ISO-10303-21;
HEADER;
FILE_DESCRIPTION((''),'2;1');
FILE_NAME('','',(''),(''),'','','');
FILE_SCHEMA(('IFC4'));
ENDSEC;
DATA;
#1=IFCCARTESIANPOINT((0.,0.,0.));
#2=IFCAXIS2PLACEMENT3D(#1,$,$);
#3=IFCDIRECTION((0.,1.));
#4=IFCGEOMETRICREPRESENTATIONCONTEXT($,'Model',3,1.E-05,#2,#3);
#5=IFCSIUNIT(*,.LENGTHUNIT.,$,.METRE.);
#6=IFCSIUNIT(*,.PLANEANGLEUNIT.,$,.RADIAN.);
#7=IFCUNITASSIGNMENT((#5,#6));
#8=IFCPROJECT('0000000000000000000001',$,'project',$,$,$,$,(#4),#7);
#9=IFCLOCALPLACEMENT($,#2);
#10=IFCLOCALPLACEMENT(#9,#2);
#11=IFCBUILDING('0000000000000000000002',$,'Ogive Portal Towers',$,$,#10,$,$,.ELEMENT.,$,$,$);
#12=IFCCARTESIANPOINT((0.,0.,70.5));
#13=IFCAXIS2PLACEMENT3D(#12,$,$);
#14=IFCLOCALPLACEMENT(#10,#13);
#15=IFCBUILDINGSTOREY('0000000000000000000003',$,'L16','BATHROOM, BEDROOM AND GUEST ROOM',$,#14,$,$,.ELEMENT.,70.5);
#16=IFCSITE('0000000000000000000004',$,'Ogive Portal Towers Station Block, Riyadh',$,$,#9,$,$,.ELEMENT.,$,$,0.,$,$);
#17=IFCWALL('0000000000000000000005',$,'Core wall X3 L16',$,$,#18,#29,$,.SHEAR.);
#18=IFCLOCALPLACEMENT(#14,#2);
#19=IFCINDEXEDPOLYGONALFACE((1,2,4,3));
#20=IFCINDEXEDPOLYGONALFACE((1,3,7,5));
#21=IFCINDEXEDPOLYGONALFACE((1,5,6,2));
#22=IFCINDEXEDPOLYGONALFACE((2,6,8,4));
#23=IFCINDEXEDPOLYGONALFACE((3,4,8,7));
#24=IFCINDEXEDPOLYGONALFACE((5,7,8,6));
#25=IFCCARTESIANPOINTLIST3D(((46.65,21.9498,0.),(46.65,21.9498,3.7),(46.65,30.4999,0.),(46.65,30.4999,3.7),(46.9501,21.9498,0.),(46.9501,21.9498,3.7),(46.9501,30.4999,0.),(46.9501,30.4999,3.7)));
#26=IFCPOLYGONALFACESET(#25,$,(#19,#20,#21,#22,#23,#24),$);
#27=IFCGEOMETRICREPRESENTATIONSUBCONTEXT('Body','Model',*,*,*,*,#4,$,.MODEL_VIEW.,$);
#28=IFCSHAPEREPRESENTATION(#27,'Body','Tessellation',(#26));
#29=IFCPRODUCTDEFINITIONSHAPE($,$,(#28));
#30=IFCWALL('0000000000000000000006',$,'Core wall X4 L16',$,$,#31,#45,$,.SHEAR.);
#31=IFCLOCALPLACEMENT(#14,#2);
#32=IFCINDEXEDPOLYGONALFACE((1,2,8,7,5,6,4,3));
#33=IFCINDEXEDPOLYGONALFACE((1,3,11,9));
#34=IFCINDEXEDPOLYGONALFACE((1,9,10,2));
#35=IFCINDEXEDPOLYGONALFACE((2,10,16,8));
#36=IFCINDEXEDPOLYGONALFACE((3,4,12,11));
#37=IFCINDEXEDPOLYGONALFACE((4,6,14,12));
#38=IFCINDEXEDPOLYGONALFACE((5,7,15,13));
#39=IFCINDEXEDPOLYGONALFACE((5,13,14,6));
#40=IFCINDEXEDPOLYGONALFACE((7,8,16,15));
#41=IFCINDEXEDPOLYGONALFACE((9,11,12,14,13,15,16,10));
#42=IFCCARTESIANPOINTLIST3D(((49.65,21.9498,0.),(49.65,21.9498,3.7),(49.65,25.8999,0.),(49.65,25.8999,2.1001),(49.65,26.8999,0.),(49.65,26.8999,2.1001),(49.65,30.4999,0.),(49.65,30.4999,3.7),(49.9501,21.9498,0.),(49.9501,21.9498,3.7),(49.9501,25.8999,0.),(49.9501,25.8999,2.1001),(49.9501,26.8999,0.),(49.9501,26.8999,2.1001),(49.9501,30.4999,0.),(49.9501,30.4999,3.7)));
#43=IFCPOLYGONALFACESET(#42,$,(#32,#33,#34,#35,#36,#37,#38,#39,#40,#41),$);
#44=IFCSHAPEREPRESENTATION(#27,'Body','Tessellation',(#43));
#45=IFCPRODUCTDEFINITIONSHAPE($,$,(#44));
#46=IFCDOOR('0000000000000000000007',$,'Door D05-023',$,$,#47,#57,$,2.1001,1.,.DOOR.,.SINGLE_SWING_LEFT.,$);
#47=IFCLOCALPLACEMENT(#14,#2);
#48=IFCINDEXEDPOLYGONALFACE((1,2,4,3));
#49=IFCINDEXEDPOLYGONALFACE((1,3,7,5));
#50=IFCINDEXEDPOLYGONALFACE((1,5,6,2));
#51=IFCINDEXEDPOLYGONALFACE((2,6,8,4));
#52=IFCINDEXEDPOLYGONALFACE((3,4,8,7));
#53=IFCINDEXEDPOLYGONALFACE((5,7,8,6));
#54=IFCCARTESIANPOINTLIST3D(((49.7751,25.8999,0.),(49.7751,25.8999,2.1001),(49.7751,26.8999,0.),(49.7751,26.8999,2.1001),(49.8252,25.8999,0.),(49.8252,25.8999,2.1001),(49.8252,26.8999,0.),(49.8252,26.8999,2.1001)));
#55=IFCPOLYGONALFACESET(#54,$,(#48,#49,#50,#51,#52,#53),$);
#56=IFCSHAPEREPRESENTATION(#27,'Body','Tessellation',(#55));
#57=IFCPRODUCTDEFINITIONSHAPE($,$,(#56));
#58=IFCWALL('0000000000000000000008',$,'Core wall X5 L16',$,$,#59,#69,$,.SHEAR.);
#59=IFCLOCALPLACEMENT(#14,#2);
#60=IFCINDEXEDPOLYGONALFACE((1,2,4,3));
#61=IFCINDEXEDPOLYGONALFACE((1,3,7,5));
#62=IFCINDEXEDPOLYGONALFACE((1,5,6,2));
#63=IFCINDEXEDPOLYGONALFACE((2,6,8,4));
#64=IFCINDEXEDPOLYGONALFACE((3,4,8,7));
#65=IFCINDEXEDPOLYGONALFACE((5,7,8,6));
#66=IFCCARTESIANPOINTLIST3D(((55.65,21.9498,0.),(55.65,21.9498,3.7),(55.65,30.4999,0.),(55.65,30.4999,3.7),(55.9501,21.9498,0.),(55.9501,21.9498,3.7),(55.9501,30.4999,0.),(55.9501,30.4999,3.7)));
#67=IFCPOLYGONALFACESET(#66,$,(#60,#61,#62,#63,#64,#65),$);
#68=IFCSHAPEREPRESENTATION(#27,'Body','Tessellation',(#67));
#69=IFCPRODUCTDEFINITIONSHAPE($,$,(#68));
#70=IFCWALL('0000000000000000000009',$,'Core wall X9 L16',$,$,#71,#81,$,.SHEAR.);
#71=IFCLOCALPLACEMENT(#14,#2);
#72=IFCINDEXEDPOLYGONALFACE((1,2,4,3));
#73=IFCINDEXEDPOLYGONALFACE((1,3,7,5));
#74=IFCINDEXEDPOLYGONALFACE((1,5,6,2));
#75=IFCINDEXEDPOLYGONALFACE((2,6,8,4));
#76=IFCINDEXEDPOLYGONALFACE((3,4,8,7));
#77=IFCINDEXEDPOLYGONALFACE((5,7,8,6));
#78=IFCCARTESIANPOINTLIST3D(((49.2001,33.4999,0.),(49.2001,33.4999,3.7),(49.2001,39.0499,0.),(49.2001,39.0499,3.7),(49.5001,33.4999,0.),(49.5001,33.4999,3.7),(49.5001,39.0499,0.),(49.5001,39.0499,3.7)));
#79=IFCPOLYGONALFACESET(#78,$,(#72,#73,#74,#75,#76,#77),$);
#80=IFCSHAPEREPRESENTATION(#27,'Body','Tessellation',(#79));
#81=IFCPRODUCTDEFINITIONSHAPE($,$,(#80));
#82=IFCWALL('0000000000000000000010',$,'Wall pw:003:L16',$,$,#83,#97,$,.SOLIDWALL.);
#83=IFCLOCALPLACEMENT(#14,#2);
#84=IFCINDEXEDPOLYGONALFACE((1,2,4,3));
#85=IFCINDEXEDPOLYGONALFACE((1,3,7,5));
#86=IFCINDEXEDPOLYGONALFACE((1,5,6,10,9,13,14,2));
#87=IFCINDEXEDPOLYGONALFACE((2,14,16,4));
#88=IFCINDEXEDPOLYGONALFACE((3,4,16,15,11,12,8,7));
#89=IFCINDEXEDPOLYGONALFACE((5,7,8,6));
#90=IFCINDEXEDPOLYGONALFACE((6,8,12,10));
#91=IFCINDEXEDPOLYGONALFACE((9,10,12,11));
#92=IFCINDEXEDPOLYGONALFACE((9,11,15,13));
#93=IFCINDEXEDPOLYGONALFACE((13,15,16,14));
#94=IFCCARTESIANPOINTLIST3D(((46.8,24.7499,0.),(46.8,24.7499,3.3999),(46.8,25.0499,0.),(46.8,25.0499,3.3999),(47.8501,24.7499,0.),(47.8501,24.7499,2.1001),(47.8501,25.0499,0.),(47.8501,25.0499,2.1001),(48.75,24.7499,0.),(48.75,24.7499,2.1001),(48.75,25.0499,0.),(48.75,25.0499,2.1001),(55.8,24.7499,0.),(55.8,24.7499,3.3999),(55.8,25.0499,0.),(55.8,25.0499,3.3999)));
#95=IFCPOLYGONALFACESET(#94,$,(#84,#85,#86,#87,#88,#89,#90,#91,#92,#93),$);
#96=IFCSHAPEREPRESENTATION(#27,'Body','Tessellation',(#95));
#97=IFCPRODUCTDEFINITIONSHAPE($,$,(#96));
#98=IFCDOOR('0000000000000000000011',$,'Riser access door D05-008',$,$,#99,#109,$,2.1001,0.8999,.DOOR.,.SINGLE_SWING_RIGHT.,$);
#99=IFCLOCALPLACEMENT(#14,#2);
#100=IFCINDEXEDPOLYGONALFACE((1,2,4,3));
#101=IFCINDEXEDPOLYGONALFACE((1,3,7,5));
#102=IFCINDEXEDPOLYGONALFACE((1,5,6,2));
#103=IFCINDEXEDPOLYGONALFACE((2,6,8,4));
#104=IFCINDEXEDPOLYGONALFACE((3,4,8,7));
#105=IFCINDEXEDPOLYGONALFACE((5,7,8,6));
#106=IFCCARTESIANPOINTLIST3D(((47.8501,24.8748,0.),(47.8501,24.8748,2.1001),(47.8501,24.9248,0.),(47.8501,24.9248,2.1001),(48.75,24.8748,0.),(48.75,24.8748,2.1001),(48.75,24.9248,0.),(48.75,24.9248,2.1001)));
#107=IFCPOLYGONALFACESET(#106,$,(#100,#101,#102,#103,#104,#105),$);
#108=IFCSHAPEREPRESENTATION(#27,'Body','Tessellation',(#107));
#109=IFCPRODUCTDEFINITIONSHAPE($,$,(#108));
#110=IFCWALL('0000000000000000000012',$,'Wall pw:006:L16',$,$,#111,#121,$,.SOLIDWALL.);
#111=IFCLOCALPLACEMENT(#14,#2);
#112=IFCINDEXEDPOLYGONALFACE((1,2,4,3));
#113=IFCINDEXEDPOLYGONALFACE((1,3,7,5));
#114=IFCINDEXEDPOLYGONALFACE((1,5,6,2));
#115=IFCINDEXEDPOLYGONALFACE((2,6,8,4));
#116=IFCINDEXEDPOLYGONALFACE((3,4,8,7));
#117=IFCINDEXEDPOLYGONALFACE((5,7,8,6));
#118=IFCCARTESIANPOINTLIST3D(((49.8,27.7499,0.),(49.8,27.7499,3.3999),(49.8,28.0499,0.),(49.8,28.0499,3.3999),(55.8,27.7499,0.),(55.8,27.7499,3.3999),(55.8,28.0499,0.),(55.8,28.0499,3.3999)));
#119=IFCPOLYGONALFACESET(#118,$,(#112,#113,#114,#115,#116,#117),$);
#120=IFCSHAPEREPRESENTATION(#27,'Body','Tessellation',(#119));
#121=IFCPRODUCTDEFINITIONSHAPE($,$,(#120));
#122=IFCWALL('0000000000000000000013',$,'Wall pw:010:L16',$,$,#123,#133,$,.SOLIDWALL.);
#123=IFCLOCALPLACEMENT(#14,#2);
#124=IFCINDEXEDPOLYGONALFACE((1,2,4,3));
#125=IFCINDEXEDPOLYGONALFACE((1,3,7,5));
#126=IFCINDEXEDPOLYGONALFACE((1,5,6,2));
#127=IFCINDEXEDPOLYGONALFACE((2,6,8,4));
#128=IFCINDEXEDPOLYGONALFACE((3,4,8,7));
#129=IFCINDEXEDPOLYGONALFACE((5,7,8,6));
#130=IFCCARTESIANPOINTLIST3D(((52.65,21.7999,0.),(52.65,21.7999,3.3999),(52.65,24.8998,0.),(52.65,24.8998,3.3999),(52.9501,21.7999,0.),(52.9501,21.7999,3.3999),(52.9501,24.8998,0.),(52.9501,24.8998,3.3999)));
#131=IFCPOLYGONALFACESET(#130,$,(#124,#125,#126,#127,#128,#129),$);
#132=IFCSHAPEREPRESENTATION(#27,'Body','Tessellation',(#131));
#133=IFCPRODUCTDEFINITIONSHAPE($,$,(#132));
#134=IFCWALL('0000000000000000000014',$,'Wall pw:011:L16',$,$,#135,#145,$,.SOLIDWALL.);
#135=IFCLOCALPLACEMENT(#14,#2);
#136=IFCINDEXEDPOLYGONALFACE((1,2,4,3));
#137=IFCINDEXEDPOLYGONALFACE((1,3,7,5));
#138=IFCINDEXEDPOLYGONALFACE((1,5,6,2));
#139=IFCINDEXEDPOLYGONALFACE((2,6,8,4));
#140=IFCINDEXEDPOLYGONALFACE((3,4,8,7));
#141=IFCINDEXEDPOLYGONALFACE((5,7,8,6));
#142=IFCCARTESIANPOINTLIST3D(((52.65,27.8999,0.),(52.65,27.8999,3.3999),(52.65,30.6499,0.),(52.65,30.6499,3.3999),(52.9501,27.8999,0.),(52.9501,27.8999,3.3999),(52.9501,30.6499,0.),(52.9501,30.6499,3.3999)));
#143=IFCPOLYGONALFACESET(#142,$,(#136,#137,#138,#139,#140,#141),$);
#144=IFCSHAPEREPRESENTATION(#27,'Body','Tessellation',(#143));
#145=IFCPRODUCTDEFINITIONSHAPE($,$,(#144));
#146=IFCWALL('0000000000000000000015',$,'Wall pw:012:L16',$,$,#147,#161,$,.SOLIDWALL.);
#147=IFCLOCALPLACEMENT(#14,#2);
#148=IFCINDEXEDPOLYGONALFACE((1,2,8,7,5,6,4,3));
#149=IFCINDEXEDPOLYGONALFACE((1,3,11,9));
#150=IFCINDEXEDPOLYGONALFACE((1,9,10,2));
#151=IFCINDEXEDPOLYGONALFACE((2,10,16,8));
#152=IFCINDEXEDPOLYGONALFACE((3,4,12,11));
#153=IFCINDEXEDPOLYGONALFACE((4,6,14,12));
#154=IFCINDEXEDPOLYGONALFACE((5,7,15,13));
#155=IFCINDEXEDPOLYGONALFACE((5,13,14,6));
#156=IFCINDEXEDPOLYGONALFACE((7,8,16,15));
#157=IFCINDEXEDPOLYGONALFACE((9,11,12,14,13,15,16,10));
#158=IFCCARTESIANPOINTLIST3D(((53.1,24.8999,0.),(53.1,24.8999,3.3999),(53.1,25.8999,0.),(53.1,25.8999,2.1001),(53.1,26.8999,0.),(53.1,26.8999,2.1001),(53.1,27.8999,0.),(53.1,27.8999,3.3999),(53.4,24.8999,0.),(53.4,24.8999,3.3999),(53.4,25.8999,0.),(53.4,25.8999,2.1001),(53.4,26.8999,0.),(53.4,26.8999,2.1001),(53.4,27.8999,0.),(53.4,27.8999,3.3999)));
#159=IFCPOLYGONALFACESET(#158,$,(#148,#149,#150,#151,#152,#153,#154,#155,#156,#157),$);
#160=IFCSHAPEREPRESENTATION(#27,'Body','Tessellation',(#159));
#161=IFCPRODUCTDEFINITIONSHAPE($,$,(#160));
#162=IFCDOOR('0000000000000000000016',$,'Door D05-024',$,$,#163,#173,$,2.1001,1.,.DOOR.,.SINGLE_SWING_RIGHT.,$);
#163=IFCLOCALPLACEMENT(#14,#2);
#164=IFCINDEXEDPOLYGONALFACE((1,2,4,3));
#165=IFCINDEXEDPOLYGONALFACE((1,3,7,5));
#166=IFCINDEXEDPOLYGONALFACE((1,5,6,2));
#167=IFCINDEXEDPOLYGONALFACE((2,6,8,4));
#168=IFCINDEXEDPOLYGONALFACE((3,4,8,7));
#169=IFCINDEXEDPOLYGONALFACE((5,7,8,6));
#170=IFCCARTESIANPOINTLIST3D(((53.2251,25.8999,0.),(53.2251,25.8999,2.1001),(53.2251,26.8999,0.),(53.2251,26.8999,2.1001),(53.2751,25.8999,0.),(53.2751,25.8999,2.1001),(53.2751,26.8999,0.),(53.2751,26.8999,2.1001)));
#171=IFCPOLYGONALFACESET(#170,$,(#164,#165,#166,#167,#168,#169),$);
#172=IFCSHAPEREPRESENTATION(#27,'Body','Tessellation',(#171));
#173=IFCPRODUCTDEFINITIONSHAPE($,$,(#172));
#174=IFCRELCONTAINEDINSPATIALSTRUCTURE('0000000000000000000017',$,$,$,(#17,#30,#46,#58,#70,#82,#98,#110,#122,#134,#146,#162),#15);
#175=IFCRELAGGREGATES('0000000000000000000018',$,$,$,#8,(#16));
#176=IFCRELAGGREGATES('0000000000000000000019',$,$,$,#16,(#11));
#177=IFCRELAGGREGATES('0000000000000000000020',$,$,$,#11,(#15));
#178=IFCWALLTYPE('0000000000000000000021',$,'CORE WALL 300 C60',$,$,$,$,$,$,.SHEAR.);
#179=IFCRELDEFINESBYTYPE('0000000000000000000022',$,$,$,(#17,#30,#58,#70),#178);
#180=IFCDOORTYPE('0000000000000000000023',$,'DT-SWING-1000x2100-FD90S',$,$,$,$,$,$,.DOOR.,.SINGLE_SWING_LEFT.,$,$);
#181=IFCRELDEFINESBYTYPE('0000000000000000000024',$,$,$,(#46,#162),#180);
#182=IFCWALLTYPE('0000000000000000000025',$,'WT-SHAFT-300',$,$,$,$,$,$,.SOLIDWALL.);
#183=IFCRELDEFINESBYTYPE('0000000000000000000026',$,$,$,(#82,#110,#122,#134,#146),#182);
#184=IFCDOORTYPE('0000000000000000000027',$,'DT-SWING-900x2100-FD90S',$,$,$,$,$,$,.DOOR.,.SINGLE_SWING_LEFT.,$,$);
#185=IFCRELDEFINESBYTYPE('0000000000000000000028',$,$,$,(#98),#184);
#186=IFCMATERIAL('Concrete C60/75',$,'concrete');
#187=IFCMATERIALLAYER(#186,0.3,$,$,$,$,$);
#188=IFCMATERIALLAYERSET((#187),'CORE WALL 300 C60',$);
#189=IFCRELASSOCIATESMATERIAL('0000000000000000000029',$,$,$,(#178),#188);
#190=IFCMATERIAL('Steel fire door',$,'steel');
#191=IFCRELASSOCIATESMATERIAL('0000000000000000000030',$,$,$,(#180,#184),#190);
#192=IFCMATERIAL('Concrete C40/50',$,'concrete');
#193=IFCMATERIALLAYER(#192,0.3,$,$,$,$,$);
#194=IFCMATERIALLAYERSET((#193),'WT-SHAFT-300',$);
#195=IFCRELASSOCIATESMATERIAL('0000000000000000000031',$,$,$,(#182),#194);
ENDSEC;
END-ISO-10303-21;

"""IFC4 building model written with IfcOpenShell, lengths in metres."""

from ifc_helpers import new_model, si_unit, direction, frame, frame_2d, origin, place, context, subcontext, project, spatial, rectangle, extrude, material, layer, layer_set, type_object, element, fill, save


model = new_model("IFC4")

# Units and contexts
model_context = context("Model", 3, precision=1e-05, world=origin(), true_north=direction((0.0, 1.0)))
body_context = subcontext(model_context, "Body", "Model", "MODEL_VIEW")
ifc_project = project(units=[si_unit("LENGTHUNIT", "METRE"), si_unit("PLANEANGLEUNIT", "RADIAN")], contexts=[model_context])

# Site, building, storey
site_placement = place(None, origin())
site = spatial("IfcSite", under=ifc_project, at=site_placement, Name="Ogive Portal Towers Station Block, Riyadh", CompositionType="ELEMENT", RefElevation=0.0)
building_placement = place(site_placement, origin())
building = spatial("IfcBuilding", under=site, at=building_placement, Name="Ogive Portal Towers", CompositionType="ELEMENT")
storey_placement = place(building_placement, frame((0.0, 0.0, 70.5)))
storey = spatial("IfcBuildingStorey", under=building, at=storey_placement, Name="L16", Description="BATHROOM, BEDROOM AND GUEST ROOM", CompositionType="ELEMENT", Elevation=70.5)

# Wall
ifc_material_1 = material(Name="Concrete C60/75", Category="concrete")
ifc_layer_1 = layer(ifc_material_1, 0.3)
ifc_layer_set_1 = layer_set([ifc_layer_1], Name="CORE WALL 300 C60")
wall_type_1 = type_object("IfcWallType", Name="CORE WALL 300 C60", PredefinedType="SHEAR", material=ifc_layer_set_1)
wall_1_placement = place(storey_placement, frame((46.8, 21.95, 0.0), z_axis=(0.0, 0.0, 1.0), x_axis=(0.0, 1.0, 0.0)))
element("IfcWall", 1, at=wall_1_placement, inside=storey, type_object=wall_type_1, Name="Core wall X3 L16", PredefinedType="SHEAR", context=body_context, shape_type="SweptSolid", body=[
    extrude(rectangle(XDim=8.55, YDim=0.3, at=frame_2d((4.2749, 0.0))), origin(), (0.0, 0.0, 1.0), 3.7),
])

# Wall, opening, door
wall_2_placement = place(storey_placement, frame((49.8, 21.95, 0.0), z_axis=(0.0, 0.0, 1.0), x_axis=(0.0, 1.0, 0.0)))
wall_2 = element("IfcWall", 2, at=wall_2_placement, inside=storey, type_object=wall_type_1, Name="Core wall X4 L16", PredefinedType="SHEAR", context=body_context, shape_type="SweptSolid", body=[
    extrude(rectangle(XDim=8.55, YDim=0.3, at=frame_2d((4.2749, 0.0))), origin(), (0.0, 0.0, 1.0), 3.7),
])
opening_1_placement = place(wall_2_placement, frame((3.95, 0.0, 0.0)))
opening_1 = element("IfcOpeningElement", 3, at=opening_1_placement, cuts=wall_2, PredefinedType="OPENING", context=body_context, shape_type="SweptSolid", body=[
    extrude(rectangle(XDim=1.0, YDim=2.1001, at=frame_2d((0.5, 1.05))), frame((0.0, 0.1602, 0.0), z_axis=(0.0, -1.0, 0.0), x_axis=(1.0, 0.0, 0.0)), (0.0, 0.0, 1.0), 0.3201),
])
ifc_material_2 = material(Name="Steel fire door", Category="steel")
door_type_1 = type_object("IfcDoorType", Name="DT-SWING-1000x2100-FD90S", OperationType="SINGLE_SWING_LEFT", PredefinedType="DOOR", material=ifc_material_2)
door_1_placement = place(opening_1_placement, origin())
door_1 = element("IfcDoor", 4, at=door_1_placement, inside=storey, type_object=door_type_1, Name="Door D05-023", OperationType="SINGLE_SWING_LEFT", OverallHeight=2.1001, OverallWidth=1.0, PredefinedType="DOOR", context=body_context, shape_type="SweptSolid", body=[
    extrude(rectangle(XDim=1.0, YDim=2.1001, at=frame_2d((0.5, 1.05))), frame((0.0, 0.0249, 0.0), z_axis=(0.0, -1.0, 0.0), x_axis=(1.0, 0.0, 0.0)), (0.0, 0.0, 1.0), 0.05),
])
fill(opening_1, door_1)

# Walls
wall_3_placement = place(storey_placement, frame((55.8, 21.95, 0.0), z_axis=(0.0, 0.0, 1.0), x_axis=(0.0, 1.0, 0.0)))
element("IfcWall", 5, at=wall_3_placement, inside=storey, type_object=wall_type_1, Name="Core wall X5 L16", PredefinedType="SHEAR", context=body_context, shape_type="SweptSolid", body=[
    extrude(rectangle(XDim=8.55, YDim=0.3, at=frame_2d((4.2749, 0.0))), origin(), (0.0, 0.0, 1.0), 3.7),
])
wall_4_placement = place(storey_placement, frame((49.3501, 33.5, 0.0), z_axis=(0.0, 0.0, 1.0), x_axis=(0.0, 1.0, 0.0)))
element("IfcWall", 6, at=wall_4_placement, inside=storey, type_object=wall_type_1, Name="Core wall X9 L16", PredefinedType="SHEAR", context=body_context, shape_type="SweptSolid", body=[
    extrude(rectangle(XDim=5.55, YDim=0.3, at=frame_2d((2.7749, 0.0))), origin(), (0.0, 0.0, 1.0), 3.7),
])

# Wall, opening, door
ifc_material_3 = material(Name="Concrete C40/50", Category="concrete")
ifc_layer_2 = layer(ifc_material_3, 0.3)
ifc_layer_set_2 = layer_set([ifc_layer_2], Name="WT-SHAFT-300")
wall_type_2 = type_object("IfcWallType", Name="WT-SHAFT-300", PredefinedType="SOLIDWALL", material=ifc_layer_set_2)
wall_5_placement = place(storey_placement, frame((46.8, 24.8999, 0.0), z_axis=(0.0, 0.0, 1.0), x_axis=(1.0, 0.0, 0.0)))
wall_5 = element("IfcWall", 7, at=wall_5_placement, inside=storey, type_object=wall_type_2, Name="Wall pw:003:L16", PredefinedType="SOLIDWALL", context=body_context, shape_type="SweptSolid", body=[
    extrude(rectangle(XDim=9.0, YDim=0.3, at=frame_2d((4.5, 0.0))), origin(), (0.0, 0.0, 1.0), 3.3999),
])
opening_2_placement = place(wall_5_placement, frame((1.05, 0.0, 0.0)))
opening_2 = element("IfcOpeningElement", 8, at=opening_2_placement, cuts=wall_5, PredefinedType="OPENING", context=body_context, shape_type="SweptSolid", body=[
    extrude(rectangle(XDim=0.8999, YDim=2.1001, at=frame_2d((0.45, 1.05))), frame((0.0, 0.1602, 0.0), z_axis=(0.0, -1.0, 0.0), x_axis=(1.0, 0.0, 0.0)), (0.0, 0.0, 1.0), 0.3201),
])
door_type_2 = type_object("IfcDoorType", Name="DT-SWING-900x2100-FD90S", OperationType="SINGLE_SWING_LEFT", PredefinedType="DOOR", material=ifc_material_2)
door_2_placement = place(opening_2_placement, origin())
door_2 = element("IfcDoor", 9, at=door_2_placement, inside=storey, type_object=door_type_2, Name="Riser access door D05-008", OperationType="SINGLE_SWING_RIGHT", OverallHeight=2.1001, OverallWidth=0.8999, PredefinedType="DOOR", context=body_context, shape_type="SweptSolid", body=[
    extrude(rectangle(XDim=0.8999, YDim=2.1001, at=frame_2d((0.45, 1.05))), frame((0.0, 0.0249, 0.0), z_axis=(0.0, -1.0, 0.0), x_axis=(1.0, 0.0, 0.0)), (0.0, 0.0, 1.0), 0.05),
])
fill(opening_2, door_2)

# Walls
wall_6_placement = place(storey_placement, frame((49.8, 27.8999, 0.0), z_axis=(0.0, 0.0, 1.0), x_axis=(1.0, 0.0, 0.0)))
element("IfcWall", 10, at=wall_6_placement, inside=storey, type_object=wall_type_2, Name="Wall pw:006:L16", PredefinedType="SOLIDWALL", context=body_context, shape_type="SweptSolid", body=[
    extrude(rectangle(XDim=6.0, YDim=0.3, at=frame_2d((3.0, 0.0))), origin(), (0.0, 0.0, 1.0), 3.3999),
])
wall_7_placement = place(storey_placement, frame((52.8, 21.8, 0.0), z_axis=(0.0, 0.0, 1.0), x_axis=(0.0, 1.0, 0.0)))
element("IfcWall", 11, at=wall_7_placement, inside=storey, type_object=wall_type_2, Name="Wall pw:010:L16", PredefinedType="SOLIDWALL", context=body_context, shape_type="SweptSolid", body=[
    extrude(rectangle(XDim=3.0999, YDim=0.3, at=frame_2d((1.5498, 0.0))), origin(), (0.0, 0.0, 1.0), 3.3999),
])
wall_8_placement = place(storey_placement, frame((52.8, 27.8999, 0.0), z_axis=(0.0, 0.0, 1.0), x_axis=(0.0, 1.0, 0.0)))
element("IfcWall", 12, at=wall_8_placement, inside=storey, type_object=wall_type_2, Name="Wall pw:011:L16", PredefinedType="SOLIDWALL", context=body_context, shape_type="SweptSolid", body=[
    extrude(rectangle(XDim=2.75, YDim=0.3, at=frame_2d((1.375, 0.0))), origin(), (0.0, 0.0, 1.0), 3.3999),
])

# Wall, opening, door
wall_9_placement = place(storey_placement, frame((53.25, 24.8999, 0.0), z_axis=(0.0, 0.0, 1.0), x_axis=(0.0, 1.0, 0.0)))
wall_9 = element("IfcWall", 13, at=wall_9_placement, inside=storey, type_object=wall_type_2, Name="Wall pw:012:L16", PredefinedType="SOLIDWALL", context=body_context, shape_type="SweptSolid", body=[
    extrude(rectangle(XDim=3.0, YDim=0.3, at=frame_2d((1.5, 0.0))), origin(), (0.0, 0.0, 1.0), 3.3999),
])
opening_3_placement = place(wall_9_placement, frame((1.0, 0.0, 0.0)))
opening_3 = element("IfcOpeningElement", 14, at=opening_3_placement, cuts=wall_9, PredefinedType="OPENING", context=body_context, shape_type="SweptSolid", body=[
    extrude(rectangle(XDim=1.0, YDim=2.1001, at=frame_2d((0.5, 1.05))), frame((0.0, 0.1602, 0.0), z_axis=(0.0, -1.0, 0.0), x_axis=(1.0, 0.0, 0.0)), (0.0, 0.0, 1.0), 0.3201),
])
door_3_placement = place(opening_3_placement, origin())
door_3 = element("IfcDoor", 15, at=door_3_placement, inside=storey, type_object=door_type_1, Name="Door D05-024", OperationType="SINGLE_SWING_RIGHT", OverallHeight=2.1001, OverallWidth=1.0, PredefinedType="DOOR", context=body_context, shape_type="SweptSolid", body=[
    extrude(rectangle(XDim=1.0, YDim=2.1001, at=frame_2d((0.5, 1.05))), frame((0.0, 0.0249, 0.0), z_axis=(0.0, -1.0, 0.0), x_axis=(1.0, 0.0, 0.0)), (0.0, 0.0, 1.0), 0.05),
])
fill(opening_3, door_3)

save(model, "model.ifc")
